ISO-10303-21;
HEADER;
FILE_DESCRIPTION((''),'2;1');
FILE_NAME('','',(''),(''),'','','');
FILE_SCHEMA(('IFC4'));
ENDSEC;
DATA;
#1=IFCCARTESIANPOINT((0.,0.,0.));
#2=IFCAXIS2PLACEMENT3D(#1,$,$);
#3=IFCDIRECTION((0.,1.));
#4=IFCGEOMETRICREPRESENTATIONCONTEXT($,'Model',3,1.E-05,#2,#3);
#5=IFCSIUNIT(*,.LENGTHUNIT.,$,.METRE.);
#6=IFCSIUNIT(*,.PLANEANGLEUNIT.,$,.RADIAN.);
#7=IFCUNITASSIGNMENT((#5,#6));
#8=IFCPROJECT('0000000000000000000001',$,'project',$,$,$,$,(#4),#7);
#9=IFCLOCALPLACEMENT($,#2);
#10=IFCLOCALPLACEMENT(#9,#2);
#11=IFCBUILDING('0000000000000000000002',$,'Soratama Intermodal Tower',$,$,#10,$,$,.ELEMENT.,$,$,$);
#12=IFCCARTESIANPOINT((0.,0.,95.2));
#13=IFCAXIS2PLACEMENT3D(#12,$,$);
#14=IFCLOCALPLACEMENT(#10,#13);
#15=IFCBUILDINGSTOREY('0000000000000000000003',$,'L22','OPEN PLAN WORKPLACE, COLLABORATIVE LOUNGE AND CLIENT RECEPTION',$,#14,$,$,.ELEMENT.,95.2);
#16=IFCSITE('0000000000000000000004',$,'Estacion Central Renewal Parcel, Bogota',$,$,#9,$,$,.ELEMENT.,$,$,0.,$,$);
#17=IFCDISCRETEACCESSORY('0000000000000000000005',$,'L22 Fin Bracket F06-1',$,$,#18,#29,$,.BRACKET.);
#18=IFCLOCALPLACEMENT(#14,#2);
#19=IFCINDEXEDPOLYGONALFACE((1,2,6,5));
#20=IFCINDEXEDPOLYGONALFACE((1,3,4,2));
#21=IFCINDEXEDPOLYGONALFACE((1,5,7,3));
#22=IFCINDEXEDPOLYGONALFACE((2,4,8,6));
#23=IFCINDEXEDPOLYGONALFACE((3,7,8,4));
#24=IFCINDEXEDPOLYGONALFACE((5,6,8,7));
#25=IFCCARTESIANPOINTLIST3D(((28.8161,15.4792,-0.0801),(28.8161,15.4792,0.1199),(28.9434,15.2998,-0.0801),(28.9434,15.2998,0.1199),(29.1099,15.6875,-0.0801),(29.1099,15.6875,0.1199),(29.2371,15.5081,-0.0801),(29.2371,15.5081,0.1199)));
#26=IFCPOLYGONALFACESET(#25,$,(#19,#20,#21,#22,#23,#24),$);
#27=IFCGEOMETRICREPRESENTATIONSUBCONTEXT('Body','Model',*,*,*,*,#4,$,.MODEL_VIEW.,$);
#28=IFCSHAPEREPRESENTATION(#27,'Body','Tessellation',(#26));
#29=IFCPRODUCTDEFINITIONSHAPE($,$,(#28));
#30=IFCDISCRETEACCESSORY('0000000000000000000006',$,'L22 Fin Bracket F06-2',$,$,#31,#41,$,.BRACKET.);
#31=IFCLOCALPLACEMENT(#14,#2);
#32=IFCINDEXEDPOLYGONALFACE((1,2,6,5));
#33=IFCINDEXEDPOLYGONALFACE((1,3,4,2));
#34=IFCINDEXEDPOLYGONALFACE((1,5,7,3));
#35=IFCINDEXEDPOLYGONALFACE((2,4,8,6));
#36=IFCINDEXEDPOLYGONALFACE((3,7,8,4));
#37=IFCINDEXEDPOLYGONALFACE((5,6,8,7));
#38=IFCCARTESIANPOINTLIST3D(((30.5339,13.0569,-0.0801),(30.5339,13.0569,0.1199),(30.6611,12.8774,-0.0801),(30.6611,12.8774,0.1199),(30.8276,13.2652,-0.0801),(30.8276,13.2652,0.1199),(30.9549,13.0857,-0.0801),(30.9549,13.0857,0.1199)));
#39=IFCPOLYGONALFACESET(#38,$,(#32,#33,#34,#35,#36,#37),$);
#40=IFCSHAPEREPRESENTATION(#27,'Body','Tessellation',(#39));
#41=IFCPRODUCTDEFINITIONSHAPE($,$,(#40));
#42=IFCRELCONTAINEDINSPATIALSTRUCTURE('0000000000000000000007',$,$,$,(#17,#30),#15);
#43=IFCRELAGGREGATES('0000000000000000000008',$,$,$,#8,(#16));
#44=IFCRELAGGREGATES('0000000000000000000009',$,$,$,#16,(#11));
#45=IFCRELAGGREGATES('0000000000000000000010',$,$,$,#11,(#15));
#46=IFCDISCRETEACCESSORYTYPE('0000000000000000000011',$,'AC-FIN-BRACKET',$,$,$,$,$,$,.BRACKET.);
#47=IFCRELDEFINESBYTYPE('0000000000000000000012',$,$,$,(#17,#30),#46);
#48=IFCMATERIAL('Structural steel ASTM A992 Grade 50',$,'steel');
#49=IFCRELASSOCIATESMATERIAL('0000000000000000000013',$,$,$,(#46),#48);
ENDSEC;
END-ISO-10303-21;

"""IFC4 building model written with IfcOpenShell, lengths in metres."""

from ifc_helpers import new_model, si_unit, direction, frame, origin, origin_2d, place, context, subcontext, project, spatial, rectangle, extrude, material, type_object, element, save


model = new_model("IFC4")

# Units and contexts
model_context = context("Model", 3, precision=1e-05, world=origin(), true_north=direction((0.0, 1.0)))
body_context = subcontext(model_context, "Body", "Model", "MODEL_VIEW")
ifc_project = project(units=[si_unit("LENGTHUNIT", "METRE"), si_unit("PLANEANGLEUNIT", "RADIAN")], contexts=[model_context])

# Site, building, storey
site_placement = place(None, origin())
site = spatial("IfcSite", under=ifc_project, at=site_placement, Name="Estacion Central Renewal Parcel, Bogota", CompositionType="ELEMENT", RefElevation=0.0)
building_placement = place(site_placement, origin())
building = spatial("IfcBuilding", under=site, at=building_placement, Name="Soratama Intermodal Tower", CompositionType="ELEMENT")
storey_placement = place(building_placement, frame((0.0, 0.0, 95.2)))
storey = spatial("IfcBuildingStorey", under=building, at=storey_placement, Name="L22", Description="OPEN PLAN WORKPLACE, COLLABORATIVE LOUNGE AND CLIENT RECEPTION", CompositionType="ELEMENT", Elevation=95.2)

# Discrete accessories
ifc_material_1 = material(Name="Structural steel ASTM A992 Grade 50", Category="steel")
discrete_accessory_type = type_object("IfcDiscreteAccessoryType", Name="AC-FIN-BRACKET", PredefinedType="BRACKET", material=ifc_material_1)
for number, where, z_axis, x_axis, name in (
    (1, (29.0266, 15.4937, -0.0801), (0.0, 0.0, 1.0), (-0.815734, -0.578427, 0.0), "L22 Fin Bracket F06-1"),
    (2, (30.7444, 13.0713, -0.0801), (0.0, 0.0, 1.0), (-0.815734, -0.578427, 0.0), "L22 Fin Bracket F06-2"),
):
    element("IfcDiscreteAccessory", number, at=place(storey_placement, frame(where, z_axis=z_axis, x_axis=x_axis)), inside=storey, type_object=discrete_accessory_type, Name=name, PredefinedType="BRACKET", context=body_context, shape_type="SweptSolid", body=[
        extrude(rectangle(XDim=0.3601, YDim=0.22, at=origin_2d()), origin(), (0.0, 0.0, 1.0), 0.2),
    ])

save(model, "model.ifc")
